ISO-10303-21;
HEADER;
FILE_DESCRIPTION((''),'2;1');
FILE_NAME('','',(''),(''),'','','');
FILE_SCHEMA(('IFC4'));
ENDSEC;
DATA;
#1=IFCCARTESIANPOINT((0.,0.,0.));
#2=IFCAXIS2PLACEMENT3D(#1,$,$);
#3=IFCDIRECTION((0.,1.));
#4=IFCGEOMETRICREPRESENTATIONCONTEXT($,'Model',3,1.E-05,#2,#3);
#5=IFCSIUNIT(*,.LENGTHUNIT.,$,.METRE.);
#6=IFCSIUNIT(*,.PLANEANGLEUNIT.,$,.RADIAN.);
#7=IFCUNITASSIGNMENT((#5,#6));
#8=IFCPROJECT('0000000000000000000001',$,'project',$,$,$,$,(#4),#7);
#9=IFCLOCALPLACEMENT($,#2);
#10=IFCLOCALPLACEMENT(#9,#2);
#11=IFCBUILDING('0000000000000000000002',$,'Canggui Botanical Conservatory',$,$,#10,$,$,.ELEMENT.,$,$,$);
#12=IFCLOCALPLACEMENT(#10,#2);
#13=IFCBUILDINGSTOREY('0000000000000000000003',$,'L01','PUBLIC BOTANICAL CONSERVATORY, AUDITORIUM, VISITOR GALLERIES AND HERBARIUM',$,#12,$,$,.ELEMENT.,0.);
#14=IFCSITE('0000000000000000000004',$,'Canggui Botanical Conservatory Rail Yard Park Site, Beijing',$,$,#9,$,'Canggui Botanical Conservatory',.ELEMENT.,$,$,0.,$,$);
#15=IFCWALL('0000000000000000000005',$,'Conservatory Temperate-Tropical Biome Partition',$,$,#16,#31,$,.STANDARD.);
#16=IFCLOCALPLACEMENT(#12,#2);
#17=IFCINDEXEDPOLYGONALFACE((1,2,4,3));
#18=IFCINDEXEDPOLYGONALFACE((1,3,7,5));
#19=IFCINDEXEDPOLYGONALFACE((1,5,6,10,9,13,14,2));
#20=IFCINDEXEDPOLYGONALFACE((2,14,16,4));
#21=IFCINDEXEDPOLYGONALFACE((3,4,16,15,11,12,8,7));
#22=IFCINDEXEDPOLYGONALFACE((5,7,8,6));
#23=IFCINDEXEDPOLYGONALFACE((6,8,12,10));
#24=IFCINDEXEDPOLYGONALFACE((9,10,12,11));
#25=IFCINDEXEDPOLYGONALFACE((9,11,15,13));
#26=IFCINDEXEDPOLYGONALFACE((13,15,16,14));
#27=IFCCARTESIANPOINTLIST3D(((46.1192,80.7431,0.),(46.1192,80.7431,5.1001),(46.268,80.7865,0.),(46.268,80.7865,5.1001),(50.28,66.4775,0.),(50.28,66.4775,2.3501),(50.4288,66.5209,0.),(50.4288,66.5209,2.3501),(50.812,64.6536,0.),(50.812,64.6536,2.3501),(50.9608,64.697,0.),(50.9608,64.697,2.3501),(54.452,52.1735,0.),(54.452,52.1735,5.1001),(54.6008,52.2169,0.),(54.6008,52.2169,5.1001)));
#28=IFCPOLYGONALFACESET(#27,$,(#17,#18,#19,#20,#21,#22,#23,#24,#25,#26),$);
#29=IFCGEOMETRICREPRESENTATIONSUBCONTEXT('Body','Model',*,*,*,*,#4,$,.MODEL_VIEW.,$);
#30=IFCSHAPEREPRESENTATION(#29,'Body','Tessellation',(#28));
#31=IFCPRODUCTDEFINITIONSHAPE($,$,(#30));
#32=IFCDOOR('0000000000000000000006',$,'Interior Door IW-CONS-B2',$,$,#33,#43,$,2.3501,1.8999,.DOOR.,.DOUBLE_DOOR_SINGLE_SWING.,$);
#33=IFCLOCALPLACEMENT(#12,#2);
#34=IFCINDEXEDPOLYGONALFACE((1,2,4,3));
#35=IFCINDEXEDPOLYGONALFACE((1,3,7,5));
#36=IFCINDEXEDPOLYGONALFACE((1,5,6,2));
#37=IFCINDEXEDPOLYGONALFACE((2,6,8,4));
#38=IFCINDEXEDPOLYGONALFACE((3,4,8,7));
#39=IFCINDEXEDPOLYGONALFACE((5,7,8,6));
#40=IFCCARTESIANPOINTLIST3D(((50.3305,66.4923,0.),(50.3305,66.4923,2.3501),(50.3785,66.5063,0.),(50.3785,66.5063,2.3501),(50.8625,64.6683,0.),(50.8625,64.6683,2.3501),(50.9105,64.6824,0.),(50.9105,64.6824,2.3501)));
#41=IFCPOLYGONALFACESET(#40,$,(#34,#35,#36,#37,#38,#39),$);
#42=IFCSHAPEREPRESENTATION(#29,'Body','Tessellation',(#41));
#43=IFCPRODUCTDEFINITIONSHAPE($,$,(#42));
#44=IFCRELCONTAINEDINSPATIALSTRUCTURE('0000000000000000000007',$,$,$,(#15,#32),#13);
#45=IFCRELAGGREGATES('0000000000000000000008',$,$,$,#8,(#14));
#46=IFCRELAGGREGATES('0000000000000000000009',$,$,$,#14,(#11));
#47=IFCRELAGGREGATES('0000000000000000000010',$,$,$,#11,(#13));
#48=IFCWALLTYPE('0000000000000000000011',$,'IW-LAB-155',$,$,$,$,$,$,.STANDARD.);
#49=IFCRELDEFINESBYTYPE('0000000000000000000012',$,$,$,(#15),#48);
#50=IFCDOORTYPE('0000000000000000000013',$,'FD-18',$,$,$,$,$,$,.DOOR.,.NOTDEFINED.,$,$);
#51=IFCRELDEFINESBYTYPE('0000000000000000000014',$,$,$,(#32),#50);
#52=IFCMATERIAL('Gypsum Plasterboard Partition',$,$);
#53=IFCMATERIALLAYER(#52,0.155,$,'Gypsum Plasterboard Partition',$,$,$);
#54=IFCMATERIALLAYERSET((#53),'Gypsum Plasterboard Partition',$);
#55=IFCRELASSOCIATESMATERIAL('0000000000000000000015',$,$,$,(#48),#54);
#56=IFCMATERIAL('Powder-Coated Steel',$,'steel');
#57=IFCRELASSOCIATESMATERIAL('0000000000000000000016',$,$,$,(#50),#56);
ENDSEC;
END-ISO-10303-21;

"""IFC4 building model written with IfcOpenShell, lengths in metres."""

from ifc_helpers import new_model, si_unit, direction, frame, frame_2d, origin, place, context, subcontext, project, spatial, rectangle, extrude, material, layer, layer_set, type_object, element, fill, save


model = new_model("IFC4")

# Units and contexts
model_context = context("Model", 3, precision=1e-05, world=origin(), true_north=direction((0.0, 1.0)))
body_context = subcontext(model_context, "Body", "Model", "MODEL_VIEW")
ifc_project = project(units=[si_unit("LENGTHUNIT", "METRE"), si_unit("PLANEANGLEUNIT", "RADIAN")], contexts=[model_context])

# Site, building, storey
site_placement = place(None, origin())
site = spatial("IfcSite", under=ifc_project, at=site_placement, Name="Canggui Botanical Conservatory Rail Yard Park Site, Beijing", LongName="Canggui Botanical Conservatory", CompositionType="ELEMENT", RefElevation=0.0)
building_placement = place(site_placement, origin())
building = spatial("IfcBuilding", under=site, at=building_placement, Name="Canggui Botanical Conservatory", CompositionType="ELEMENT")
storey_placement = place(building_placement, origin())
storey = spatial("IfcBuildingStorey", under=building, at=storey_placement, Name="L01", Description="PUBLIC BOTANICAL CONSERVATORY, AUDITORIUM, VISITOR GALLERIES AND HERBARIUM", CompositionType="ELEMENT", Elevation=0.0)

# Wall, opening, door
ifc_material_1 = material(Name="Gypsum Plasterboard Partition")
ifc_layer_1 = layer(ifc_material_1, 0.155, Name="Gypsum Plasterboard Partition")
ifc_layer_set_1 = layer_set([ifc_layer_1], Name="Gypsum Plasterboard Partition")
wall_type = type_object("IfcWallType", Name="IW-LAB-155", PredefinedType="STANDARD", material=ifc_layer_set_1)
wall_placement = place(storey_placement, frame((54.5264, 52.1953, 0.0), z_axis=(0.0, 0.0, 1.0), x_axis=(-0.279999, 0.96, 0.0)))
wall = element("IfcWall", 1, at=wall_placement, inside=storey, type_object=wall_type, Name="Conservatory Temperate-Tropical Biome Partition", PredefinedType="STANDARD", context=body_context, shape_type="SweptSolid", body=[
    extrude(rectangle(XDim=29.76, YDim=0.155, at=frame_2d((14.8799, 0.0))), origin(), (0.0, 0.0, 1.0), 5.1001),
])
opening_placement = place(wall_placement, frame((13.0, 0.0, 0.0)))
opening = element("IfcOpeningElement", 2, at=opening_placement, cuts=wall, PredefinedType="OPENING", context=body_context, shape_type="SweptSolid", body=[
    extrude(rectangle(XDim=1.8999, YDim=2.3501, at=frame_2d((0.95, 1.175))), frame((0.0, 0.0874, 0.0), z_axis=(0.0, -1.0, 0.0), x_axis=(1.0, 0.0, 0.0)), (0.0, 0.0, 1.0), 0.175),
])
ifc_material_2 = material(Name="Powder-Coated Steel", Category="steel")
door_type = type_object("IfcDoorType", Name="FD-18", OperationType="NOTDEFINED", PredefinedType="DOOR", material=ifc_material_2)
door_placement = place(opening_placement, origin())
door = element("IfcDoor", 3, at=door_placement, inside=storey, type_object=door_type, Name="Interior Door IW-CONS-B2", OperationType="DOUBLE_DOOR_SINGLE_SWING", OverallHeight=2.3501, OverallWidth=1.8999, PredefinedType="DOOR", context=body_context, shape_type="SweptSolid", body=[
    extrude(rectangle(XDim=1.8999, YDim=2.3501, at=frame_2d((0.95, 1.175))), frame((0.0, 0.0249, 0.0), z_axis=(0.0, -1.0, 0.0), x_axis=(1.0, 0.0, 0.0)), (0.0, 0.0, 1.0), 0.05),
])
fill(opening, door)

save(model, "model.ifc")
